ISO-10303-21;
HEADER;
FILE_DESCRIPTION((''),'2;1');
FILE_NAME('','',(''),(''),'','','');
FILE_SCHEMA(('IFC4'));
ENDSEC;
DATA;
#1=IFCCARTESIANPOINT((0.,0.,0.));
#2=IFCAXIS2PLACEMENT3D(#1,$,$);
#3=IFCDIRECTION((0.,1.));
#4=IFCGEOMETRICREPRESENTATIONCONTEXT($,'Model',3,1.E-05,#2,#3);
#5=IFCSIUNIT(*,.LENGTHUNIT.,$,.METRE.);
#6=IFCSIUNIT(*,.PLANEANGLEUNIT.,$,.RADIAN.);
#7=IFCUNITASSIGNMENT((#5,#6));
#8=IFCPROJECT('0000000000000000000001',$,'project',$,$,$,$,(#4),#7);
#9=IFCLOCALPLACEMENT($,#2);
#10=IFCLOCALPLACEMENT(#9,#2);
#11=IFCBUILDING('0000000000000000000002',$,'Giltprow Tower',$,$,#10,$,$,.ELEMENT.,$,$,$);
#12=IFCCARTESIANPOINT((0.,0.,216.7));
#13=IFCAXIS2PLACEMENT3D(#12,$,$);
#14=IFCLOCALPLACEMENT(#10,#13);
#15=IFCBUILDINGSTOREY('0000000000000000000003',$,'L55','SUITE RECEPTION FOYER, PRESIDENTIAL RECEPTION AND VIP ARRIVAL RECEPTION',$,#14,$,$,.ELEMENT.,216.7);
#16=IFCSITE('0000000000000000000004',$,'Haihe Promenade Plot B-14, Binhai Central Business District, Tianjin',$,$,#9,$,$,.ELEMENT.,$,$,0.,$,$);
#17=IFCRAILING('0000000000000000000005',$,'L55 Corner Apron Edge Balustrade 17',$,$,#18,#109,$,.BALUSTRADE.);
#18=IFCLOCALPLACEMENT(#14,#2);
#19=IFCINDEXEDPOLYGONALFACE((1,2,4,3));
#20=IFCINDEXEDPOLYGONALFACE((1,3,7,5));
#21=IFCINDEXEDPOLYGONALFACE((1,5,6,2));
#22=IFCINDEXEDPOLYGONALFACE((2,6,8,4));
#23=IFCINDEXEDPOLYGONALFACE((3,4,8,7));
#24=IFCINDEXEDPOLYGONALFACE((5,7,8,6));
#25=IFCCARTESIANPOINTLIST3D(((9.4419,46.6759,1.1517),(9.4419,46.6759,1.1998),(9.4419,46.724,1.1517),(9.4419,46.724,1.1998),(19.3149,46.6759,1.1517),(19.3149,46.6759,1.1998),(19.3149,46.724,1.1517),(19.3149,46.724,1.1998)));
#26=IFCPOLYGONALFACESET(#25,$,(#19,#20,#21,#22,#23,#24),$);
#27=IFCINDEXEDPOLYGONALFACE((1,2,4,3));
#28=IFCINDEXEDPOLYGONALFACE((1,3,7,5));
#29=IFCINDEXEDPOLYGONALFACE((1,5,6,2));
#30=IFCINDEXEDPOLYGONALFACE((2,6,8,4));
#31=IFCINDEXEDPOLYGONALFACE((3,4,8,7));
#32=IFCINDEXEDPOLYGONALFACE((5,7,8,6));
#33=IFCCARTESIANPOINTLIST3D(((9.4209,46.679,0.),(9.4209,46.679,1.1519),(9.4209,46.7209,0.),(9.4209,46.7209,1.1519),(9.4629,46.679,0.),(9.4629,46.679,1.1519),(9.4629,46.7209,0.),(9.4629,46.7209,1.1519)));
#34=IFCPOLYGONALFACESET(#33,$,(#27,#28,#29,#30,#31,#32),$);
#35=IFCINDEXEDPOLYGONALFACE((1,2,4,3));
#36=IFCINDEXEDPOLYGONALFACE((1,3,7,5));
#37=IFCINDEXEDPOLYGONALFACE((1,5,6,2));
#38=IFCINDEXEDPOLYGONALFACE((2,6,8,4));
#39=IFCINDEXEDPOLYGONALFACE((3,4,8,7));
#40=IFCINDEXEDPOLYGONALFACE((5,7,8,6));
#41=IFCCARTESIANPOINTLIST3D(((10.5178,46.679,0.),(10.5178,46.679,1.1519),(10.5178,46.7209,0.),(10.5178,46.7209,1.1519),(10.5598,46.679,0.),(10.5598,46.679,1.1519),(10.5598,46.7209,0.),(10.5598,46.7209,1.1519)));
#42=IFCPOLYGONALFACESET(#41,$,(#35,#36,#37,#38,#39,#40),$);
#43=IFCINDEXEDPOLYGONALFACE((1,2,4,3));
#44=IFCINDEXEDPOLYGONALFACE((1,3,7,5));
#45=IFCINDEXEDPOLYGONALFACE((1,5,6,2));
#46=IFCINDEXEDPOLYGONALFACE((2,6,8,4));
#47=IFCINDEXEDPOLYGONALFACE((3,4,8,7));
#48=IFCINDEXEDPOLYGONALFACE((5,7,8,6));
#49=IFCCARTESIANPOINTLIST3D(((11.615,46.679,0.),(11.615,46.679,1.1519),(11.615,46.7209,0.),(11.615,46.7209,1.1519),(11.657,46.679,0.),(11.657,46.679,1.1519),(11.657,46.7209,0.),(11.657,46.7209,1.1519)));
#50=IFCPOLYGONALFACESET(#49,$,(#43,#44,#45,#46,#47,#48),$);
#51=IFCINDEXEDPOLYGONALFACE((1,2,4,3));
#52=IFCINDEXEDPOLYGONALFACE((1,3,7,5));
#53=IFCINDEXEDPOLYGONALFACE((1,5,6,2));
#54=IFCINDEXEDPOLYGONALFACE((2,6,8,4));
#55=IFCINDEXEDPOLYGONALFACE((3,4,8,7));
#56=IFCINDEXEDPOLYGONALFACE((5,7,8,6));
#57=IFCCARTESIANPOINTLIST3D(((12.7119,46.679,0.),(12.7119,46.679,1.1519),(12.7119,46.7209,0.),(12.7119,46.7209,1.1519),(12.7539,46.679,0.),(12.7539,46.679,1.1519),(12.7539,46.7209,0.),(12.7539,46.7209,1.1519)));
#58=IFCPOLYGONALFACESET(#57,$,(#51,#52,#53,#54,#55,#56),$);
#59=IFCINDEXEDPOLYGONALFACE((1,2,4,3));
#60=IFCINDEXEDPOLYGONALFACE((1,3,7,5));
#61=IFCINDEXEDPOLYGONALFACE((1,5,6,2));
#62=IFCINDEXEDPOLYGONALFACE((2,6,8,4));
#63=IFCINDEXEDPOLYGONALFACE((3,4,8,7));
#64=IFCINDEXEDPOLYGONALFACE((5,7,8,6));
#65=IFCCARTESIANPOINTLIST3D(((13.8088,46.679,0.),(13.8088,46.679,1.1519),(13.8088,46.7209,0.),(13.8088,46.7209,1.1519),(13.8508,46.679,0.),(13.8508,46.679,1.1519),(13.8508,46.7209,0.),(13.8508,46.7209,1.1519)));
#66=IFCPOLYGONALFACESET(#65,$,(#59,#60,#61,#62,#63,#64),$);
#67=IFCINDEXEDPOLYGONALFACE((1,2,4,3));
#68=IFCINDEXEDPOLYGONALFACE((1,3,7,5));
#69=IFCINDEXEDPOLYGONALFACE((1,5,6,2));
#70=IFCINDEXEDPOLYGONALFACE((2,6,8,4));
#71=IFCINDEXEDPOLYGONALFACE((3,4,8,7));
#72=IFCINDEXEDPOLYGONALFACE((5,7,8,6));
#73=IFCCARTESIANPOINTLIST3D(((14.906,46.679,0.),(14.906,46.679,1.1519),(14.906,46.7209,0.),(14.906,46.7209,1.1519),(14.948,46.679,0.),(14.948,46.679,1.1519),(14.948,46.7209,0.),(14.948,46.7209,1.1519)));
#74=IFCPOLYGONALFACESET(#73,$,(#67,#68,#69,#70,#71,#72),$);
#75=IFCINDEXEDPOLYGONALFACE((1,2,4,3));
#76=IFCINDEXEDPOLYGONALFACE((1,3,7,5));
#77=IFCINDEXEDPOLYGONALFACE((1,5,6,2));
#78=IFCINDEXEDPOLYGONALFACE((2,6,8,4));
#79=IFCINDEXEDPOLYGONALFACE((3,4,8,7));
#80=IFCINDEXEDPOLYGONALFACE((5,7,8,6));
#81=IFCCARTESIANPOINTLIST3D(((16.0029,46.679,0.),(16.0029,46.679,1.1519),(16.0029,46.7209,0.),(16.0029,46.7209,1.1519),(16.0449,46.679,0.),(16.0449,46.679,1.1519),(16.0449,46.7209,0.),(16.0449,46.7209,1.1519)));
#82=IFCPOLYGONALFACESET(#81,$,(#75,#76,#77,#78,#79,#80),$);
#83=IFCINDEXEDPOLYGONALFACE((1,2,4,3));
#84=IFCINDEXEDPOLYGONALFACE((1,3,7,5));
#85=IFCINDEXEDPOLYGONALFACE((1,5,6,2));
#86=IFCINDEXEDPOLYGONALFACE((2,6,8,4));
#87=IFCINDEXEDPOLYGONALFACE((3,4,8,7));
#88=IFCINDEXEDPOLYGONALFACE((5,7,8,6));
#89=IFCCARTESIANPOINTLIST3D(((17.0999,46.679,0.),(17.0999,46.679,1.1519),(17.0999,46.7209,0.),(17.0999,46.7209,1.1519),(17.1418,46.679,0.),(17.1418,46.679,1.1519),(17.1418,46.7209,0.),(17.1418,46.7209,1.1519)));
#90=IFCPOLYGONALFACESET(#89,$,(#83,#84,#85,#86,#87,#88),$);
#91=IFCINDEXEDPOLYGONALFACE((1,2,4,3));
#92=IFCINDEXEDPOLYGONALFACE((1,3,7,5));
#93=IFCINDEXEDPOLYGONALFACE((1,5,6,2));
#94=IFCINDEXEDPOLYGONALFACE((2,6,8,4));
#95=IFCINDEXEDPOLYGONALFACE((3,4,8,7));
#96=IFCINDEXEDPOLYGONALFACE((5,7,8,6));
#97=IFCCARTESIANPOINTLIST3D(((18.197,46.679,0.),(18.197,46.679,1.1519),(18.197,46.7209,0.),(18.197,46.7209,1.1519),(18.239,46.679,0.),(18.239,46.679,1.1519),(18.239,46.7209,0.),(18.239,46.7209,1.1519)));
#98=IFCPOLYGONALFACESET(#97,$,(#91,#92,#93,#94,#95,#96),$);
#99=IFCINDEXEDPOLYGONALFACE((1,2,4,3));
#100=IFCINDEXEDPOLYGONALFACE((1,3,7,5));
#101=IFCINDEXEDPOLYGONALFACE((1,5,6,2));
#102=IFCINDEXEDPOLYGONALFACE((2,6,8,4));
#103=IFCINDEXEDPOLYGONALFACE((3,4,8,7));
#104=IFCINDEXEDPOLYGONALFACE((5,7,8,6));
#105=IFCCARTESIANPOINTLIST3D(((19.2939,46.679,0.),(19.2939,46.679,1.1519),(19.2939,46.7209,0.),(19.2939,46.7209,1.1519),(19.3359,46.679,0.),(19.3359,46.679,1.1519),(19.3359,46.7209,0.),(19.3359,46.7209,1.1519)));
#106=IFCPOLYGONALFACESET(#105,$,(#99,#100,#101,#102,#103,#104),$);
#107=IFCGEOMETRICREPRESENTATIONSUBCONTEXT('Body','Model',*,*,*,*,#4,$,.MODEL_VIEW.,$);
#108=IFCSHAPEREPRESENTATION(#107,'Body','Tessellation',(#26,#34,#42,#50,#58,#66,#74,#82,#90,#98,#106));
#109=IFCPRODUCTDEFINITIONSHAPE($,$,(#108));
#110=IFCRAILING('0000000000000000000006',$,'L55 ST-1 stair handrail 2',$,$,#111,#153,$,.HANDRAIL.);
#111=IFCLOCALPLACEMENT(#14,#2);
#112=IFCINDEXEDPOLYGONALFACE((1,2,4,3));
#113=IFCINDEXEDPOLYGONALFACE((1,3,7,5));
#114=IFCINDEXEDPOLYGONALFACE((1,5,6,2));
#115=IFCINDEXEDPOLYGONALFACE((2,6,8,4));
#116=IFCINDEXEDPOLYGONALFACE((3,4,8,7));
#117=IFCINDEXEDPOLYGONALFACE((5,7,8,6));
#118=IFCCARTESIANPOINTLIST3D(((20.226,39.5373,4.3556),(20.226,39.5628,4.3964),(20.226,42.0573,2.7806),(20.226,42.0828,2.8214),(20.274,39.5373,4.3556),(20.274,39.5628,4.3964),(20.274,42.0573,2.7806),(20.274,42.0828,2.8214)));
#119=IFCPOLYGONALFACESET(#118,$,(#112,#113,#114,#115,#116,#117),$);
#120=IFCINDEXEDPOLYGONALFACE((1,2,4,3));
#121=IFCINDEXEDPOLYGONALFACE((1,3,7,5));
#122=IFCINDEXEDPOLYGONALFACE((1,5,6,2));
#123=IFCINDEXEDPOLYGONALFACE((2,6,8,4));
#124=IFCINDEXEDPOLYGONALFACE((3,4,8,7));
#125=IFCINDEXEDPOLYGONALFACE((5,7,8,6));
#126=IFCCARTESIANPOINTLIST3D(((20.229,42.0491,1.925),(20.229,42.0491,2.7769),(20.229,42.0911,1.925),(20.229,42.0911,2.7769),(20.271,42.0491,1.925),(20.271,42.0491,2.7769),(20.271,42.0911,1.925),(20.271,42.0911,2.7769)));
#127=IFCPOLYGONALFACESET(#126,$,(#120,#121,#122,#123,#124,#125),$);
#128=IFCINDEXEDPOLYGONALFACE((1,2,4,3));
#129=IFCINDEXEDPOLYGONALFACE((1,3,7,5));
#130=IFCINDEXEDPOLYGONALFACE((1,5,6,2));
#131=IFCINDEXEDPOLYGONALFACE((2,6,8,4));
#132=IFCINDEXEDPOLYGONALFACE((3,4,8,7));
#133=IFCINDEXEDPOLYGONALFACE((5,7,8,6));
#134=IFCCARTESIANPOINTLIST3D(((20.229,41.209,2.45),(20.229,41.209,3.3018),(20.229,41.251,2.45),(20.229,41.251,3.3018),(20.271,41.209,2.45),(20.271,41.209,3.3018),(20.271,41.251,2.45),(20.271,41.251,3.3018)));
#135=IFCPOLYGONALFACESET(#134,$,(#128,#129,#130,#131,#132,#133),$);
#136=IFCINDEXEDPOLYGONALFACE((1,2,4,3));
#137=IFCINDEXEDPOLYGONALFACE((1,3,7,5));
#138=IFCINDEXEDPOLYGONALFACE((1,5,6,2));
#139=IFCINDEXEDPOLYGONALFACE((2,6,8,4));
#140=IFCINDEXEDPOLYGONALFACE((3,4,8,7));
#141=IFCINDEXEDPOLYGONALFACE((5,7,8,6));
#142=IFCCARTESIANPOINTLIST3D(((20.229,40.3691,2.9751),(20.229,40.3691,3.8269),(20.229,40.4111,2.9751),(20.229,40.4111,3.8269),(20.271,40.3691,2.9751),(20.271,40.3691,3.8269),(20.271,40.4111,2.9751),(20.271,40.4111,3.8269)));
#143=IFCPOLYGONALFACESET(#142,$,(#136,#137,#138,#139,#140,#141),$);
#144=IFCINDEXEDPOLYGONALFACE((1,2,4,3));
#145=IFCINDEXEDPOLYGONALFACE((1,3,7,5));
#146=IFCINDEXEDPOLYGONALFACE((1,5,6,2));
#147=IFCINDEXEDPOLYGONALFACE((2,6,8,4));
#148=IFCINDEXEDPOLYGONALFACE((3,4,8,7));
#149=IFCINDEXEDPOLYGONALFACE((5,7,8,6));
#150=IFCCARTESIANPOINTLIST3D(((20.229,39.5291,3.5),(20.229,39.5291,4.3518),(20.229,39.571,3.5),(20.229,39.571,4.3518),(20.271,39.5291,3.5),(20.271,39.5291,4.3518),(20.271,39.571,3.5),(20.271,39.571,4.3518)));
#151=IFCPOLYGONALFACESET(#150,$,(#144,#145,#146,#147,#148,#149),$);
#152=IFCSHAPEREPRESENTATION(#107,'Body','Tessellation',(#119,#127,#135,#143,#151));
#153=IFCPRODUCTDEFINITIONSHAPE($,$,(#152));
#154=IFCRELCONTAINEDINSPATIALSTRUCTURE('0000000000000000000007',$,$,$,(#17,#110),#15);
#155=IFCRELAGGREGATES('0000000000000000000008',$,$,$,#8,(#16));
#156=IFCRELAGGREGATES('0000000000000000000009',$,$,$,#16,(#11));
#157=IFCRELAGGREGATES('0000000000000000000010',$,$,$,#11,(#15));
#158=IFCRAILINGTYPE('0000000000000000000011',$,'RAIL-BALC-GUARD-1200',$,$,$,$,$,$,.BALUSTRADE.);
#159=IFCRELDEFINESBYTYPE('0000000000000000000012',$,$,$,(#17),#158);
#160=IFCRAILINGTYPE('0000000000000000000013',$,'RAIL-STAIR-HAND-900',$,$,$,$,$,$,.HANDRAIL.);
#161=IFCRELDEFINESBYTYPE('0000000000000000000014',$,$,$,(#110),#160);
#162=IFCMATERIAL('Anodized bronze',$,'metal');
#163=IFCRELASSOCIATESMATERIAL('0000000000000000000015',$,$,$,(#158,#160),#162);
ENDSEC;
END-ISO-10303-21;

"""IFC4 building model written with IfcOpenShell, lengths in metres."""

from ifc_helpers import new_model, si_unit, direction, frame, origin, origin_2d, place, context, subcontext, project, spatial, rectangle, extrude, material, type_object, element, save


model = new_model("IFC4")

# Units and contexts
model_context = context("Model", 3, precision=1e-05, world=origin(), true_north=direction((0.0, 1.0)))
body_context = subcontext(model_context, "Body", "Model", "MODEL_VIEW")
ifc_project = project(units=[si_unit("LENGTHUNIT", "METRE"), si_unit("PLANEANGLEUNIT", "RADIAN")], contexts=[model_context])

# Site, building, storey
site_placement = place(None, origin())
site = spatial("IfcSite", under=ifc_project, at=site_placement, Name="Haihe Promenade Plot B-14, Binhai Central Business District, Tianjin", CompositionType="ELEMENT", RefElevation=0.0)
building_placement = place(site_placement, origin())
building = spatial("IfcBuilding", under=site, at=building_placement, Name="Giltprow Tower", CompositionType="ELEMENT")
storey_placement = place(building_placement, frame((0.0, 0.0, 216.7)))
storey = spatial("IfcBuildingStorey", under=building, at=storey_placement, Name="L55", Description="SUITE RECEPTION FOYER, PRESIDENTIAL RECEPTION AND VIP ARRIVAL RECEPTION", CompositionType="ELEMENT", Elevation=216.7)

# Railings
ifc_material_1 = material(Name="Anodized bronze", Category="metal")
railing_type_1 = type_object("IfcRailingType", Name="RAIL-BALC-GUARD-1200", PredefinedType="BALUSTRADE", material=ifc_material_1)
railing_1_placement = place(storey_placement, frame((9.4419, 46.7, 0.0)))
element("IfcRailing", 1, at=railing_1_placement, inside=storey, type_object=railing_type_1, Name="L55 Corner Apron Edge Balustrade 17", PredefinedType="BALUSTRADE", context=body_context, shape_type="SweptSolid", body=[
    extrude(rectangle(XDim=0.0481, YDim=0.0481, at=origin_2d()), frame((0.0, 0.0, 1.1758), z_axis=(1.0, 0.0, 0.0), x_axis=(0.0, 1.0, 0.0)), (0.0, 0.0, 1.0), 9.873),
    extrude(rectangle(XDim=0.042, YDim=0.042, at=origin_2d()), origin(), (0.0, 0.0, 1.0), 1.1519),
    extrude(rectangle(XDim=0.042, YDim=0.042, at=origin_2d()), frame((1.0969, 0.0, 0.0)), (0.0, 0.0, 1.0), 1.1519),
    extrude(rectangle(XDim=0.042, YDim=0.042, at=origin_2d()), frame((2.1941, 0.0, 0.0)), (0.0, 0.0, 1.0), 1.1519),
    extrude(rectangle(XDim=0.042, YDim=0.042, at=origin_2d()), frame((3.291, 0.0, 0.0)), (0.0, 0.0, 1.0), 1.1519),
    extrude(rectangle(XDim=0.042, YDim=0.042, at=origin_2d()), frame((4.3879, 0.0, 0.0)), (0.0, 0.0, 1.0), 1.1519),
    extrude(rectangle(XDim=0.042, YDim=0.042, at=origin_2d()), frame((5.4851, 0.0, 0.0)), (0.0, 0.0, 1.0), 1.1519),
    extrude(rectangle(XDim=0.042, YDim=0.042, at=origin_2d()), frame((6.582, 0.0, 0.0)), (0.0, 0.0, 1.0), 1.1519),
    extrude(rectangle(XDim=0.042, YDim=0.042, at=origin_2d()), frame((7.679, 0.0, 0.0)), (0.0, 0.0, 1.0), 1.1519),
    extrude(rectangle(XDim=0.042, YDim=0.042, at=origin_2d()), frame((8.7761, 0.0, 0.0)), (0.0, 0.0, 1.0), 1.1519),
    extrude(rectangle(XDim=0.042, YDim=0.042, at=origin_2d()), frame((9.873, 0.0, 0.0)), (0.0, 0.0, 1.0), 1.1519),
])
railing_type_2 = type_object("IfcRailingType", Name="RAIL-STAIR-HAND-900", PredefinedType="HANDRAIL", material=ifc_material_1)
railing_2_placement = place(storey_placement, frame((20.25, 42.0701, 1.925)))
element("IfcRailing", 2, at=railing_2_placement, inside=storey, type_object=railing_type_2, Name="L55 ST-1 stair handrail 2", PredefinedType="HANDRAIL", context=body_context, shape_type="SweptSolid", body=[
    extrude(rectangle(XDim=0.0481, YDim=0.0481, at=origin_2d()), frame((0.0, 0.0, 0.876), z_axis=(0.0, -0.848008, 0.529984), x_axis=(1.0, 0.0, 0.0)), (0.0, 0.0, 1.0), 2.9717),
    extrude(rectangle(XDim=0.042, YDim=0.042, at=origin_2d()), origin(), (0.0, 0.0, 1.0), 0.8518),
    extrude(rectangle(XDim=0.042, YDim=0.042, at=origin_2d()), frame((0.0, -0.8401, 0.5249)), (0.0, 0.0, 1.0), 0.8518),
    extrude(rectangle(XDim=0.042, YDim=0.042, at=origin_2d()), frame((0.0, -1.6799, 1.05)), (0.0, 0.0, 1.0), 0.8518),
    extrude(rectangle(XDim=0.042, YDim=0.042, at=origin_2d()), frame((0.0, -2.52, 1.575)), (0.0, 0.0, 1.0), 0.8518),
])

save(model, "model.ifc")
